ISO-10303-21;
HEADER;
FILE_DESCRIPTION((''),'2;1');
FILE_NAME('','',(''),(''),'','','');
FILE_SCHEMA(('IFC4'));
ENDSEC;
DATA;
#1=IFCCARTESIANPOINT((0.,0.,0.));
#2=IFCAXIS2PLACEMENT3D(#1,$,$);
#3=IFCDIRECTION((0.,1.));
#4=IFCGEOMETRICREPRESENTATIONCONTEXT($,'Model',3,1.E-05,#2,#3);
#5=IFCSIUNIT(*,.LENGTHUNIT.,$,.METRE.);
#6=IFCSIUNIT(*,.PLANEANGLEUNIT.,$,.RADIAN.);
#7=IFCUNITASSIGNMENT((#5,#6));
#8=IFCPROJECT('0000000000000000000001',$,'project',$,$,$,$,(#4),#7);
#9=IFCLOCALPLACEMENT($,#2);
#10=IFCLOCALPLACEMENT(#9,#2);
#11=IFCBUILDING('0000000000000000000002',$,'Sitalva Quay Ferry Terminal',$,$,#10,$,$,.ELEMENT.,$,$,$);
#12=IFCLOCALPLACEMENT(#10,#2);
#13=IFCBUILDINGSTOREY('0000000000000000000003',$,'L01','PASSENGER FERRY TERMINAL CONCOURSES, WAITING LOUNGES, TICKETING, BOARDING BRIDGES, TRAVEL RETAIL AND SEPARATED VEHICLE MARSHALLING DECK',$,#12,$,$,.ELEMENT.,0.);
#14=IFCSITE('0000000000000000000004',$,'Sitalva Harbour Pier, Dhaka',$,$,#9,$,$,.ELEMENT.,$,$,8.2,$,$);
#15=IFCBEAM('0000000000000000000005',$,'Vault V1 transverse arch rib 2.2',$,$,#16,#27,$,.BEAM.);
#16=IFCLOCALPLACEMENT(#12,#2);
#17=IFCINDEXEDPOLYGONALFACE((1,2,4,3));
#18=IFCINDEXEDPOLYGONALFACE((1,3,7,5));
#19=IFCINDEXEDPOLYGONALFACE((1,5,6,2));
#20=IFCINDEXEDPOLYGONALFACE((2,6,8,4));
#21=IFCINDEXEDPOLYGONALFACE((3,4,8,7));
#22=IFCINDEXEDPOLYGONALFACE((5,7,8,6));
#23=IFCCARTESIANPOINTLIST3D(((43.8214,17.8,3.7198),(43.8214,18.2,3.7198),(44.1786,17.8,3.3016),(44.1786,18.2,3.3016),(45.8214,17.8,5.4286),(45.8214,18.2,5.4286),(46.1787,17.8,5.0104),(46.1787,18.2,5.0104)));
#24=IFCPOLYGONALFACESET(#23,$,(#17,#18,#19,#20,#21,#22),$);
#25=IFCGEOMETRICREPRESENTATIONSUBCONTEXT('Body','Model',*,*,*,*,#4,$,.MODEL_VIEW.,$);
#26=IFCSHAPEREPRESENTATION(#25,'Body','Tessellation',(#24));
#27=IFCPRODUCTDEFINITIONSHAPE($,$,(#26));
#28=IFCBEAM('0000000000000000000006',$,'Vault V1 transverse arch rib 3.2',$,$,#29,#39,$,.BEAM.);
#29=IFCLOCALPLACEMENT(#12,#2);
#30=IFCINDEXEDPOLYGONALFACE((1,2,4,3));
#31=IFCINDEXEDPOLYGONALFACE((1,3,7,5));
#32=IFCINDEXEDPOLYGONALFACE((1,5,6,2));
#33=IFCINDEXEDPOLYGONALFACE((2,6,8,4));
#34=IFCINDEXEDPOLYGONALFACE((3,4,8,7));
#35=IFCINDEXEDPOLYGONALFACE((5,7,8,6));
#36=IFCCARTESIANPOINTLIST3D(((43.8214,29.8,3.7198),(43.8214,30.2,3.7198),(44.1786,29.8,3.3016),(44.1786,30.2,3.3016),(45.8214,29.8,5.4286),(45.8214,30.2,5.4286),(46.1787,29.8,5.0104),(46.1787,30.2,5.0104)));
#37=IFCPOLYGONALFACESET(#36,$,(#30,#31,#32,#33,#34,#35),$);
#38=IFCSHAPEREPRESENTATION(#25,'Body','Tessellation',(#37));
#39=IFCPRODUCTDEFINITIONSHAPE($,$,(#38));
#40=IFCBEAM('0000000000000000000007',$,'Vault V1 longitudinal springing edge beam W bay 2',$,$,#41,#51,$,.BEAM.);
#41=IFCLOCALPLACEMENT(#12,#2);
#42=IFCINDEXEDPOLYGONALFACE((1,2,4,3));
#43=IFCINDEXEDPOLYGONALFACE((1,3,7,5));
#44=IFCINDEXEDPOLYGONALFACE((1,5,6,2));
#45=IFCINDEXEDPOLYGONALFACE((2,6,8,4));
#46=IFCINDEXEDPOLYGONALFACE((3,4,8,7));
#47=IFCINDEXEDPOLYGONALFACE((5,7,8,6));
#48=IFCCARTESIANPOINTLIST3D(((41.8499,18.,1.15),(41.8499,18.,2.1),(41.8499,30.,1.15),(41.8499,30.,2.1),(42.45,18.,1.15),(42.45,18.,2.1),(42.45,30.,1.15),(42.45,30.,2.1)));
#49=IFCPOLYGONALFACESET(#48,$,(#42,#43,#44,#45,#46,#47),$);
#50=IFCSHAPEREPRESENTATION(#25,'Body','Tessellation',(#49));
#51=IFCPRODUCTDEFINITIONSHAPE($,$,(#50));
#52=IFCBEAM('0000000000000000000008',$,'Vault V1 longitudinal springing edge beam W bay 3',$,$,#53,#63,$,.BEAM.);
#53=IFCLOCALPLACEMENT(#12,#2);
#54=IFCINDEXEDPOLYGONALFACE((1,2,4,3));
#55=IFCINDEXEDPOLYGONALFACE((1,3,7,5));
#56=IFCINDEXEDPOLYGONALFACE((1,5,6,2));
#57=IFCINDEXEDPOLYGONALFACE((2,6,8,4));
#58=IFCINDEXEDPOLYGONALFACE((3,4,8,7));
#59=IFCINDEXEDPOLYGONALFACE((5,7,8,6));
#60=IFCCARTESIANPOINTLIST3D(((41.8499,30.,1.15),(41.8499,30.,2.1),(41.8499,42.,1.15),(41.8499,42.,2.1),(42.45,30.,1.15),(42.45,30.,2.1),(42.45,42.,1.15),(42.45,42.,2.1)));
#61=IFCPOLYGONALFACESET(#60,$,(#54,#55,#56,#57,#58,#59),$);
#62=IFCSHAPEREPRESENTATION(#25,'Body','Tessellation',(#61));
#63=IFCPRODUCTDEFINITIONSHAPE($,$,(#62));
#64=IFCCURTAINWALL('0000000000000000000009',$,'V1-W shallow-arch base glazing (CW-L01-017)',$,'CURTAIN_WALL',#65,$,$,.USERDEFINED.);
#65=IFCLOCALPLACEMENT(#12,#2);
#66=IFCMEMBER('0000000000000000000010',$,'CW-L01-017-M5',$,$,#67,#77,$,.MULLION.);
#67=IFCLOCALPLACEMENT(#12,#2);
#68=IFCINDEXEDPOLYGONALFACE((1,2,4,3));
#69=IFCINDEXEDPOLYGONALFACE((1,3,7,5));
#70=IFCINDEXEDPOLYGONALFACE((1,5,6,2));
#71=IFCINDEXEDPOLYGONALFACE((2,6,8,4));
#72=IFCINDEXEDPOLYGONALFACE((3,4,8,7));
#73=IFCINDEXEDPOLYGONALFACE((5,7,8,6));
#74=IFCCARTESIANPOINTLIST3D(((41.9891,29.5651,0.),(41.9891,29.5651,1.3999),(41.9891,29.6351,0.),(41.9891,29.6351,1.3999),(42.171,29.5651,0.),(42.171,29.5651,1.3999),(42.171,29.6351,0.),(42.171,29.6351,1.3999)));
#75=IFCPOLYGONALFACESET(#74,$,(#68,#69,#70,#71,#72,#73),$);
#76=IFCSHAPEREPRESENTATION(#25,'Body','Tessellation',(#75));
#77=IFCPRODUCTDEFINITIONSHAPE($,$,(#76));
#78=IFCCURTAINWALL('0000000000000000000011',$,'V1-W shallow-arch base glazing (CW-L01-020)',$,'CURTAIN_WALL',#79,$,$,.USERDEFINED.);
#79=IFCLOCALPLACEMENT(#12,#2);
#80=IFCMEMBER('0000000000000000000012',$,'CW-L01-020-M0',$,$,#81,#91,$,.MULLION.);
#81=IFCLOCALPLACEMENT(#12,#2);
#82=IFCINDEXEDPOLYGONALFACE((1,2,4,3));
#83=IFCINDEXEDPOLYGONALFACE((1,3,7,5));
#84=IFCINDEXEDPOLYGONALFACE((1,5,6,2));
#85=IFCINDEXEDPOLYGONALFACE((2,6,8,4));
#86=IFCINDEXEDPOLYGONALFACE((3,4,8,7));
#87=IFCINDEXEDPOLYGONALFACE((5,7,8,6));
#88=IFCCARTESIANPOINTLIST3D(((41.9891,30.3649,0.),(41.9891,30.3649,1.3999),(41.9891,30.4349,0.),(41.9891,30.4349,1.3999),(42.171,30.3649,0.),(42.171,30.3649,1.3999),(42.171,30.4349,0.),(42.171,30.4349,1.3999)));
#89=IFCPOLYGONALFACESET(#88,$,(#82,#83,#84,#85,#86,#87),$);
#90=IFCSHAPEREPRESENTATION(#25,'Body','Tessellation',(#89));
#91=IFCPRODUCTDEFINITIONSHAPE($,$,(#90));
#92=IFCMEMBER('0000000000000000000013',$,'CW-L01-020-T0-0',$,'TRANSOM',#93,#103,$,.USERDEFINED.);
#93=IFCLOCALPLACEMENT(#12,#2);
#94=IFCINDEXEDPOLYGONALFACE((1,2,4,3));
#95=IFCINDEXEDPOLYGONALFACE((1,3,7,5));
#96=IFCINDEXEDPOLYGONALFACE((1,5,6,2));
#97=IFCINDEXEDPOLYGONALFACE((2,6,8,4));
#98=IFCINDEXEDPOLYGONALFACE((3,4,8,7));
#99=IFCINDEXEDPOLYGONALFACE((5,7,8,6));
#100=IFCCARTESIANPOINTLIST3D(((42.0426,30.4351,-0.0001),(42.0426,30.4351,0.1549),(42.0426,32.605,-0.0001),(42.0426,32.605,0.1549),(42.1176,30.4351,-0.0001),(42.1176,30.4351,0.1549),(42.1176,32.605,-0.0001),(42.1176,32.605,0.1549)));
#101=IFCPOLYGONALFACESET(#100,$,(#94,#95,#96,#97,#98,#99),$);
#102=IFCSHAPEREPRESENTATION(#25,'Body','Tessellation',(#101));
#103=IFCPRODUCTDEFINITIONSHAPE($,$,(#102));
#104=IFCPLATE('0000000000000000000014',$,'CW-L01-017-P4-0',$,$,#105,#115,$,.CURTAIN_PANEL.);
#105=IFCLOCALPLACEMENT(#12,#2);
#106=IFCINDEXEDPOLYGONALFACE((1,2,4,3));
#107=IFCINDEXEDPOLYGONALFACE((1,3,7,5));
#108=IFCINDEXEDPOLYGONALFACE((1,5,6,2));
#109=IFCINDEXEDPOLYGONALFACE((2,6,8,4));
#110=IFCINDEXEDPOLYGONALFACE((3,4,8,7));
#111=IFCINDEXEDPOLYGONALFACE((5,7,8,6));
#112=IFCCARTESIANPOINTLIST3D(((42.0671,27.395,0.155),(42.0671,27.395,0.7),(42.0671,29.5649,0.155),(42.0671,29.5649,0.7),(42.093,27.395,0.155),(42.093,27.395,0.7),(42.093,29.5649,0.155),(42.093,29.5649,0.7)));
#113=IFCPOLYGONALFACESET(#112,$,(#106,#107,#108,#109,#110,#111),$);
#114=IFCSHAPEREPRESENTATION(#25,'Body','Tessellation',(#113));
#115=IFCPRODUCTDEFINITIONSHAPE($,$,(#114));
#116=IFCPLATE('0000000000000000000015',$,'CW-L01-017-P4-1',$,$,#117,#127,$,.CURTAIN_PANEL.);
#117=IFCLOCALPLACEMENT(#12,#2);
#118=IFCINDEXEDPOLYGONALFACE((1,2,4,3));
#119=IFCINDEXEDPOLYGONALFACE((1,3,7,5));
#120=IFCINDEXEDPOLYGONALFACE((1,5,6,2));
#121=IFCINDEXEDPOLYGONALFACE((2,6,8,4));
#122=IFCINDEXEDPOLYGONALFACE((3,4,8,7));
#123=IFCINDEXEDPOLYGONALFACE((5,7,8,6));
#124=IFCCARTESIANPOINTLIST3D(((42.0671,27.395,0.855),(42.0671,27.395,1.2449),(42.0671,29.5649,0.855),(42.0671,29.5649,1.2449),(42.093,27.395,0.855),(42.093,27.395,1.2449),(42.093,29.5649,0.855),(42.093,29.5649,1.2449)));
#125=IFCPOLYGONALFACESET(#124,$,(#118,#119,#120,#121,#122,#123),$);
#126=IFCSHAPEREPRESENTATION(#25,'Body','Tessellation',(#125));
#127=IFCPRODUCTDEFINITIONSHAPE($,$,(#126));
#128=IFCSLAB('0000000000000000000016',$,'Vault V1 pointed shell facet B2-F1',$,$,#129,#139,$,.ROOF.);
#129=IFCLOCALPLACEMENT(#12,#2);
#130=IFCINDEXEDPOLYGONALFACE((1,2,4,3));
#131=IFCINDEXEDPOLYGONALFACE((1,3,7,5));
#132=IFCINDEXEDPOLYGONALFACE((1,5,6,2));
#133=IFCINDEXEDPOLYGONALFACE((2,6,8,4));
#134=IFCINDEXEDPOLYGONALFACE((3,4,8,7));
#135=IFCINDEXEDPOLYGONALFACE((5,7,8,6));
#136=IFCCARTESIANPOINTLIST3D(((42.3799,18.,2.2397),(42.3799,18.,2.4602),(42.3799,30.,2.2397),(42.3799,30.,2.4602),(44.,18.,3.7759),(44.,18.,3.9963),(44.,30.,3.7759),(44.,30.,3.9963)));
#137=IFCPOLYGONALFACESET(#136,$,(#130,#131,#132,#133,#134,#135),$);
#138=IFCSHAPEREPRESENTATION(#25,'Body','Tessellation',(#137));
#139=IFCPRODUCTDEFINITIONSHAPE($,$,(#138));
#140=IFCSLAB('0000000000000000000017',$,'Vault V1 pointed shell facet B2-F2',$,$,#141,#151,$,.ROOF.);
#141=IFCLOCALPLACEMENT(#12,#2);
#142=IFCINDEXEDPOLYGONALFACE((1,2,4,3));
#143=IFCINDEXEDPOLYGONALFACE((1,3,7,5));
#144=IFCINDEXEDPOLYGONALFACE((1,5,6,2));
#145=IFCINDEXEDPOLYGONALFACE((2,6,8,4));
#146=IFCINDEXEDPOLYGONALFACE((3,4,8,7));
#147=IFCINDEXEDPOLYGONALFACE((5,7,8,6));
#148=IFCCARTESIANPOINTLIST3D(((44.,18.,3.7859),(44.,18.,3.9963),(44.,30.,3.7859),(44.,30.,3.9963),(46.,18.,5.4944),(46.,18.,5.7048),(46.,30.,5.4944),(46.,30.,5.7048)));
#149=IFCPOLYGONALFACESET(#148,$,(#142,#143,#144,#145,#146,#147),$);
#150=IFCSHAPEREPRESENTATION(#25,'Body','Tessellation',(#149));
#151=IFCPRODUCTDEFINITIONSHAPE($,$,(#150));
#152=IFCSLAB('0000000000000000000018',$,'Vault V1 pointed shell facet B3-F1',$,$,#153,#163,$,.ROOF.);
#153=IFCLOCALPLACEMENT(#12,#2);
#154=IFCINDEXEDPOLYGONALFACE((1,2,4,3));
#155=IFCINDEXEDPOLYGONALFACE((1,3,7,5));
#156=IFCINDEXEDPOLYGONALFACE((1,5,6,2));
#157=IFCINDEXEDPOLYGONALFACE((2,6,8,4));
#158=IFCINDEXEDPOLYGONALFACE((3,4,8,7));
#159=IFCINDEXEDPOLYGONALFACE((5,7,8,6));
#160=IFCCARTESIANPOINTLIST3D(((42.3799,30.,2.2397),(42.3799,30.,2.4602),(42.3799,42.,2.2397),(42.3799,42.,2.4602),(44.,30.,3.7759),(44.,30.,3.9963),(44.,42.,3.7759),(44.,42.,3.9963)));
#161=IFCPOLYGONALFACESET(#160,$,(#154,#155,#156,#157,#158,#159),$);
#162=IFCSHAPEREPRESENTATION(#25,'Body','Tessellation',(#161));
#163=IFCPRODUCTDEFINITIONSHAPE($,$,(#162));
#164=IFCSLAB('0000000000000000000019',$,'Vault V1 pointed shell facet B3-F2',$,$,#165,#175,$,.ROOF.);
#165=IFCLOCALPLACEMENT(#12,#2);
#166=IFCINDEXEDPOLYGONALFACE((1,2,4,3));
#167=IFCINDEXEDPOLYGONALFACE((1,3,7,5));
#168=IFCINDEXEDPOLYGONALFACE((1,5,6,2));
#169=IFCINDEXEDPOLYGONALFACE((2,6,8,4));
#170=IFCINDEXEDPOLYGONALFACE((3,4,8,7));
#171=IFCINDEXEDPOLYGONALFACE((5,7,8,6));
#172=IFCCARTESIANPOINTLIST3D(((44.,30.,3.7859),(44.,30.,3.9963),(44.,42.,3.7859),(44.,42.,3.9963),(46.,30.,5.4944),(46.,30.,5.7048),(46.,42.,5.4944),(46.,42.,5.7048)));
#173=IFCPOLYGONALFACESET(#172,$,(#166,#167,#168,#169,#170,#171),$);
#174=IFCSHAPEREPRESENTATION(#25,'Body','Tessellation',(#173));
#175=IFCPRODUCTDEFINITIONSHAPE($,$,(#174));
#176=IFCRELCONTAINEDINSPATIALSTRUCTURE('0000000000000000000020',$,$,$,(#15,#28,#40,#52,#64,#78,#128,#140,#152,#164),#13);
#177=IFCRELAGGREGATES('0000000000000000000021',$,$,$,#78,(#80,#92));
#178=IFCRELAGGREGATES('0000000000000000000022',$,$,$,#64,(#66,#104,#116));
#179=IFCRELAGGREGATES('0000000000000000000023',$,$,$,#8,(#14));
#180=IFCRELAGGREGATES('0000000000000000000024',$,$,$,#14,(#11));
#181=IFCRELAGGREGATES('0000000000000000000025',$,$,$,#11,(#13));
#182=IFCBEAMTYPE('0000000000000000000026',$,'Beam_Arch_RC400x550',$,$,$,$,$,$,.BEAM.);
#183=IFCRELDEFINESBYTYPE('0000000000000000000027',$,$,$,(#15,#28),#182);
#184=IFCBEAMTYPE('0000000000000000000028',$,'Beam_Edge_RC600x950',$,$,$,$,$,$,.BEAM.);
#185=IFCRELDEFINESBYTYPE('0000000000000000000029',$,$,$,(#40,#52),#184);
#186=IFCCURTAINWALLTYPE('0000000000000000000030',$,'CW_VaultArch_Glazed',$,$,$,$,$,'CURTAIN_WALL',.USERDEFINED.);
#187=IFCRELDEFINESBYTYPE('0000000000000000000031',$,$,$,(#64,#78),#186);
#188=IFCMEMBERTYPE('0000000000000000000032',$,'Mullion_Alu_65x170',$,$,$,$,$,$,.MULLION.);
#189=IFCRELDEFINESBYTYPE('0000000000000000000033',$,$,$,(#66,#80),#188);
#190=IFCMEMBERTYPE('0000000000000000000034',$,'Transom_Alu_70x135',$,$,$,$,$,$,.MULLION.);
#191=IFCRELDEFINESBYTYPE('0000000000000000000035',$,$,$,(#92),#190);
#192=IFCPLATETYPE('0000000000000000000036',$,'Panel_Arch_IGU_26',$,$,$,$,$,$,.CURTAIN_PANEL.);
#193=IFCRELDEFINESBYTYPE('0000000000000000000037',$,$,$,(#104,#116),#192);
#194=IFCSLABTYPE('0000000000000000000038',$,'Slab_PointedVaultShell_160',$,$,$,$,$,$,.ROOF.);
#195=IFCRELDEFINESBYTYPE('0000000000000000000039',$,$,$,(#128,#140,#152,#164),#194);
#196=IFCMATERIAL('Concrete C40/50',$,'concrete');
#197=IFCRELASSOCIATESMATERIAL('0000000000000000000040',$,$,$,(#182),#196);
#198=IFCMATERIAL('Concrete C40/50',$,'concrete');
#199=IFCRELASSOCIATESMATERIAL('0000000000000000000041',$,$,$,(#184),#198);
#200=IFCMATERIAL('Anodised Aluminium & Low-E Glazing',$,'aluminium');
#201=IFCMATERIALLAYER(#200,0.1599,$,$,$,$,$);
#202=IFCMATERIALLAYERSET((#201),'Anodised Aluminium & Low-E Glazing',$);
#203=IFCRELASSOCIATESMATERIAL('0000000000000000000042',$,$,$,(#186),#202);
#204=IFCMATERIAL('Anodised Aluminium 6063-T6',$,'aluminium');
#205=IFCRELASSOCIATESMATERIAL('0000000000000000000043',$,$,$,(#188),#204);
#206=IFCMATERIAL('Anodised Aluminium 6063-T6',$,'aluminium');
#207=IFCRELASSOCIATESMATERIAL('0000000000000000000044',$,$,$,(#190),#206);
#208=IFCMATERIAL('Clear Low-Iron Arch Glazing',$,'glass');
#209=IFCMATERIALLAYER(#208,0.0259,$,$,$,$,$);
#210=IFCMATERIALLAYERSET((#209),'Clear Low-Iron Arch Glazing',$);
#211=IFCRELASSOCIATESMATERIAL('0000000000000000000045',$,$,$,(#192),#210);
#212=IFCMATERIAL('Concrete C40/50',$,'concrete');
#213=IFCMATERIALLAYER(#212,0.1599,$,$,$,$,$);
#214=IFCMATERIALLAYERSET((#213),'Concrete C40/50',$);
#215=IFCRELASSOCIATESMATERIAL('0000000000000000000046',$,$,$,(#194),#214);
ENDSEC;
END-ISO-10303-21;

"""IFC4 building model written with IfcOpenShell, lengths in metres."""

from ifc_helpers import new_model, si_unit, direction, frame, origin, origin_2d, place, context, subcontext, project, spatial, polyline, rectangle, outline, extrude, material, layer, layer_set, material_profile, profile_set, type_object, element, aggregate, save


model = new_model("IFC4")

# Units and contexts
model_context = context("Model", 3, precision=1e-05, world=origin(), true_north=direction((0.0, 1.0)))
body_context = subcontext(model_context, "Body", "Model", "MODEL_VIEW")
ifc_project = project(units=[si_unit("LENGTHUNIT", "METRE"), si_unit("PLANEANGLEUNIT", "RADIAN")], contexts=[model_context])

# Site, building, storey
site_placement = place(None, origin())
site = spatial("IfcSite", under=ifc_project, at=site_placement, Name="Sitalva Harbour Pier, Dhaka", CompositionType="ELEMENT", RefElevation=8.2)
building_placement = place(site_placement, origin())
building = spatial("IfcBuilding", under=site, at=building_placement, Name="Sitalva Quay Ferry Terminal", CompositionType="ELEMENT")
storey_placement = place(building_placement, origin())
storey = spatial("IfcBuildingStorey", under=building, at=storey_placement, Name="L01", Description="PASSENGER FERRY TERMINAL CONCOURSES, WAITING LOUNGES, TICKETING, BOARDING BRIDGES, TRAVEL RETAIL AND SEPARATED VEHICLE MARSHALLING DECK", CompositionType="ELEMENT", Elevation=0.0)

# Beams
ifc_material_1 = material(Name="Concrete C40/50", Category="concrete")
ifc_material_profile_1 = material_profile(ifc_material_1, rectangle(XDim=0.3999, YDim=0.55, at=origin_2d()), Name="RC400x550")
ifc_profile_set_1 = profile_set([ifc_material_profile_1], Name="Concrete C40/50")
beam_type_1 = type_object("IfcBeamType", Name="Beam_Arch_RC400x550", PredefinedType="BEAM", material=ifc_profile_set_1)
for number, where, z_axis, x_axis, name in (
    (1, (44.0, 18.0, 3.5107), (0.760297, 0.0, 0.649575), (0.0, 1.0, 0.0), "Vault V1 transverse arch rib 2.2"),
    (2, (44.0, 30.0, 3.5107), (0.760297, 0.0, 0.649575), (0.0, 1.0, 0.0), "Vault V1 transverse arch rib 3.2"),
):
    element("IfcBeam", number, at=place(storey_placement, frame(where, z_axis=z_axis, x_axis=x_axis)), inside=storey, type_object=beam_type_1, Name=name, PredefinedType="BEAM", context=body_context, shape_type="SweptSolid", body=[
        extrude(rectangle(XDim=0.3999, YDim=0.55, at=origin_2d()), origin(), (0.0, 0.0, 1.0), 2.6306),
    ])
ifc_material_2 = material(Name="Concrete C40/50", Category="concrete")
ifc_material_profile_2 = material_profile(ifc_material_2, rectangle(XDim=0.6001, YDim=0.95, at=origin_2d()), Name="RC600x950")
ifc_profile_set_2 = profile_set([ifc_material_profile_2], Name="Concrete C40/50")
beam_type_2 = type_object("IfcBeamType", Name="Beam_Edge_RC600x950", PredefinedType="BEAM", material=ifc_profile_set_2)
for number, where, z_axis, x_axis, name in (
    (3, (42.1499, 18.0, 1.625), (0.0, 1.0, 0.0), (-1.0, 0.0, 0.0), "Vault V1 longitudinal springing edge beam W bay 2"),
    (4, (42.1499, 30.0, 1.625), (0.0, 1.0, 0.0), (-1.0, 0.0, 0.0), "Vault V1 longitudinal springing edge beam W bay 3"),
):
    element("IfcBeam", number, at=place(storey_placement, frame(where, z_axis=z_axis, x_axis=x_axis)), inside=storey, type_object=beam_type_2, Name=name, PredefinedType="BEAM", context=body_context, shape_type="SweptSolid", body=[
        extrude(rectangle(XDim=0.6001, YDim=0.95, at=origin_2d()), origin(), (0.0, 0.0, 1.0), 12.0),
    ])

# Curtain wall, member
ifc_material_3 = material(Name="Anodised Aluminium & Low-E Glazing", Category="aluminium")
ifc_layer_1 = layer(ifc_material_3, 0.1599)
ifc_layer_set_1 = layer_set([ifc_layer_1], Name="Anodised Aluminium & Low-E Glazing")
curtain_wall_type = type_object("IfcCurtainWallType", Name="CW_VaultArch_Glazed", ElementType="CURTAIN_WALL", PredefinedType="USERDEFINED", material=ifc_layer_set_1)
curtain_wall_1_placement = place(storey_placement, origin())
curtain_wall_1 = element("IfcCurtainWall", 5, at=curtain_wall_1_placement, inside=storey, type_object=curtain_wall_type, Name="V1-W shallow-arch base glazing (CW-L01-017)", ObjectType="CURTAIN_WALL", PredefinedType="USERDEFINED")
ifc_material_4 = material(Name="Anodised Aluminium 6063-T6", Category="aluminium")
ifc_material_profile_3 = material_profile(ifc_material_4, rectangle(XDim=0.0701, YDim=0.1819, at=origin_2d()), Name="ALU70x182")
ifc_profile_set_3 = profile_set([ifc_material_profile_3], Name="Anodised Aluminium 6063-T6")
member_type_1 = type_object("IfcMemberType", Name="Mullion_Alu_65x170", PredefinedType="MULLION", material=ifc_profile_set_3)
member_1_placement = place(storey_placement, frame((42.0801, 29.6001, 0.0), z_axis=(0.0, 0.0, 1.0), x_axis=(0.0, 1.0, 0.0)))
member_1 = element("IfcMember", 6, at=member_1_placement, type_object=member_type_1, Name="CW-L01-017-M5", PredefinedType="MULLION", context=body_context, shape_type="SweptSolid", body=[
    extrude(rectangle(XDim=0.0701, YDim=0.1819, at=origin_2d()), origin(), (0.0, 0.0, 1.0), 1.3999),
])

# Curtain wall, members
curtain_wall_2_placement = place(storey_placement, origin())
curtain_wall_2 = element("IfcCurtainWall", 7, at=curtain_wall_2_placement, inside=storey, type_object=curtain_wall_type, Name="V1-W shallow-arch base glazing (CW-L01-020)", ObjectType="CURTAIN_WALL", PredefinedType="USERDEFINED")
member_2_placement = place(storey_placement, frame((42.0801, 30.3999, 0.0), z_axis=(0.0, 0.0, 1.0), x_axis=(0.0, 1.0, 0.0)))
member_2 = element("IfcMember", 8, at=member_2_placement, type_object=member_type_1, Name="CW-L01-020-M0", PredefinedType="MULLION", context=body_context, shape_type="SweptSolid", body=[
    extrude(rectangle(XDim=0.0701, YDim=0.1819, at=origin_2d()), origin(), (0.0, 0.0, 1.0), 1.3999),
])
ifc_material_5 = material(Name="Anodised Aluminium 6063-T6", Category="aluminium")
ifc_material_profile_4 = material_profile(ifc_material_5, rectangle(XDim=0.075, YDim=0.155, at=origin_2d()), Name="ALU75x155")
ifc_profile_set_4 = profile_set([ifc_material_profile_4], Name="Anodised Aluminium 6063-T6")
member_type_2 = type_object("IfcMemberType", Name="Transom_Alu_70x135", PredefinedType="MULLION", material=ifc_profile_set_4)
member_3_placement = place(storey_placement, frame((42.0801, 30.4351, 0.0774), z_axis=(0.0, 1.0, 0.0), x_axis=(-1.0, 0.0, 0.0)))
member_3 = element("IfcMember", 9, at=member_3_placement, type_object=member_type_2, Name="CW-L01-020-T0-0", ObjectType="TRANSOM", PredefinedType="USERDEFINED", context=body_context, shape_type="SweptSolid", body=[
    extrude(rectangle(XDim=0.075, YDim=0.155, at=origin_2d()), origin(), (0.0, 0.0, 1.0), 2.1699),
])
aggregate(curtain_wall_2, [member_2, member_3])

# Plates
ifc_material_6 = material(Name="Clear Low-Iron Arch Glazing", Category="glass")
ifc_layer_2 = layer(ifc_material_6, 0.0259)
ifc_layer_set_2 = layer_set([ifc_layer_2], Name="Clear Low-Iron Arch Glazing")
plate_type = type_object("IfcPlateType", Name="Panel_Arch_IGU_26", PredefinedType="CURTAIN_PANEL", material=ifc_layer_set_2)
plate_1_placement = place(storey_placement, frame((42.0801, 28.48, 0.155), z_axis=(0.0, 0.0, 1.0), x_axis=(0.0, 1.0, 0.0)))
plate_1 = element("IfcPlate", 10, at=plate_1_placement, type_object=plate_type, Name="CW-L01-017-P4-0", PredefinedType="CURTAIN_PANEL", context=body_context, shape_type="SweptSolid", body=[
    extrude(rectangle(XDim=2.1699, YDim=0.0259, at=origin_2d()), origin(), (0.0, 0.0, 1.0), 0.5449),
])
plate_2_placement = place(storey_placement, frame((42.0801, 28.48, 0.855), z_axis=(0.0, 0.0, 1.0), x_axis=(0.0, 1.0, 0.0)))
plate_2 = element("IfcPlate", 11, at=plate_2_placement, type_object=plate_type, Name="CW-L01-017-P4-1", PredefinedType="CURTAIN_PANEL", context=body_context, shape_type="SweptSolid", body=[
    extrude(rectangle(XDim=2.1699, YDim=0.0259, at=origin_2d()), origin(), (0.0, 0.0, 1.0), 0.3899),
])
aggregate(curtain_wall_1, [member_1, plate_1, plate_2])

# Slabs
ifc_material_7 = material(Name="Concrete C40/50", Category="concrete")
ifc_layer_3 = layer(ifc_material_7, 0.1599)
ifc_layer_set_3 = layer_set([ifc_layer_3], Name="Concrete C40/50")
slab_type = type_object("IfcSlabType", Name="Slab_PointedVaultShell_160", PredefinedType="ROOF", material=ifc_layer_set_3)
slab_1_placement = place(storey_placement, frame((42.3799, 18.0, 2.4602), z_axis=(-0.688048, 0.0, 0.725665), x_axis=(0.725665, 0.0, 0.688048)))
element("IfcSlab", 12, at=slab_1_placement, inside=storey, type_object=slab_type, Name="Vault V1 pointed shell facet B2-F1", PredefinedType="ROOF", context=body_context, shape_type="SweptSolid", body=[
    extrude(outline(polyline([(0.0, 0.0), (2.2326, 0.0), (2.2326, 12.0), (0.0, 12.0), (0.0, 0.0)])), origin(), (-0.688048, 0.0, -0.725665), 0.2205),
])
slab_2_placement = place(storey_placement, frame((44.0, 18.0, 3.9963), z_axis=(-0.649522, 0.0, 0.760343), x_axis=(0.760343, 0.0, 0.649522)))
element("IfcSlab", 13, at=slab_2_placement, inside=storey, type_object=slab_type, Name="Vault V1 pointed shell facet B2-F2", PredefinedType="ROOF", context=body_context, shape_type="SweptSolid", body=[
    extrude(outline(polyline([(0.0, 0.0), (2.6304, 0.0), (2.6304, 12.0), (0.0, 12.0), (0.0, 0.0)])), origin(), (-0.649522, 0.0, -0.760343), 0.2104),
])
slab_3_placement = place(storey_placement, frame((42.3799, 30.0, 2.4602), z_axis=(-0.688048, 0.0, 0.725665), x_axis=(0.725665, 0.0, 0.688048)))
element("IfcSlab", 14, at=slab_3_placement, inside=storey, type_object=slab_type, Name="Vault V1 pointed shell facet B3-F1", PredefinedType="ROOF", context=body_context, shape_type="SweptSolid", body=[
    extrude(outline(polyline([(0.0, 0.0), (2.2326, 0.0), (2.2326, 12.0), (0.0, 12.0), (0.0, 0.0)])), origin(), (-0.688048, 0.0, -0.725665), 0.2205),
])
slab_4_placement = place(storey_placement, frame((44.0, 30.0, 3.9963), z_axis=(-0.649522, 0.0, 0.760343), x_axis=(0.760343, 0.0, 0.649522)))
element("IfcSlab", 15, at=slab_4_placement, inside=storey, type_object=slab_type, Name="Vault V1 pointed shell facet B3-F2", PredefinedType="ROOF", context=body_context, shape_type="SweptSolid", body=[
    extrude(outline(polyline([(0.0, 0.0), (2.6304, 0.0), (2.6304, 12.0), (0.0, 12.0), (0.0, 0.0)])), origin(), (-0.649522, 0.0, -0.760343), 0.2104),
])

save(model, "model.ifc")
